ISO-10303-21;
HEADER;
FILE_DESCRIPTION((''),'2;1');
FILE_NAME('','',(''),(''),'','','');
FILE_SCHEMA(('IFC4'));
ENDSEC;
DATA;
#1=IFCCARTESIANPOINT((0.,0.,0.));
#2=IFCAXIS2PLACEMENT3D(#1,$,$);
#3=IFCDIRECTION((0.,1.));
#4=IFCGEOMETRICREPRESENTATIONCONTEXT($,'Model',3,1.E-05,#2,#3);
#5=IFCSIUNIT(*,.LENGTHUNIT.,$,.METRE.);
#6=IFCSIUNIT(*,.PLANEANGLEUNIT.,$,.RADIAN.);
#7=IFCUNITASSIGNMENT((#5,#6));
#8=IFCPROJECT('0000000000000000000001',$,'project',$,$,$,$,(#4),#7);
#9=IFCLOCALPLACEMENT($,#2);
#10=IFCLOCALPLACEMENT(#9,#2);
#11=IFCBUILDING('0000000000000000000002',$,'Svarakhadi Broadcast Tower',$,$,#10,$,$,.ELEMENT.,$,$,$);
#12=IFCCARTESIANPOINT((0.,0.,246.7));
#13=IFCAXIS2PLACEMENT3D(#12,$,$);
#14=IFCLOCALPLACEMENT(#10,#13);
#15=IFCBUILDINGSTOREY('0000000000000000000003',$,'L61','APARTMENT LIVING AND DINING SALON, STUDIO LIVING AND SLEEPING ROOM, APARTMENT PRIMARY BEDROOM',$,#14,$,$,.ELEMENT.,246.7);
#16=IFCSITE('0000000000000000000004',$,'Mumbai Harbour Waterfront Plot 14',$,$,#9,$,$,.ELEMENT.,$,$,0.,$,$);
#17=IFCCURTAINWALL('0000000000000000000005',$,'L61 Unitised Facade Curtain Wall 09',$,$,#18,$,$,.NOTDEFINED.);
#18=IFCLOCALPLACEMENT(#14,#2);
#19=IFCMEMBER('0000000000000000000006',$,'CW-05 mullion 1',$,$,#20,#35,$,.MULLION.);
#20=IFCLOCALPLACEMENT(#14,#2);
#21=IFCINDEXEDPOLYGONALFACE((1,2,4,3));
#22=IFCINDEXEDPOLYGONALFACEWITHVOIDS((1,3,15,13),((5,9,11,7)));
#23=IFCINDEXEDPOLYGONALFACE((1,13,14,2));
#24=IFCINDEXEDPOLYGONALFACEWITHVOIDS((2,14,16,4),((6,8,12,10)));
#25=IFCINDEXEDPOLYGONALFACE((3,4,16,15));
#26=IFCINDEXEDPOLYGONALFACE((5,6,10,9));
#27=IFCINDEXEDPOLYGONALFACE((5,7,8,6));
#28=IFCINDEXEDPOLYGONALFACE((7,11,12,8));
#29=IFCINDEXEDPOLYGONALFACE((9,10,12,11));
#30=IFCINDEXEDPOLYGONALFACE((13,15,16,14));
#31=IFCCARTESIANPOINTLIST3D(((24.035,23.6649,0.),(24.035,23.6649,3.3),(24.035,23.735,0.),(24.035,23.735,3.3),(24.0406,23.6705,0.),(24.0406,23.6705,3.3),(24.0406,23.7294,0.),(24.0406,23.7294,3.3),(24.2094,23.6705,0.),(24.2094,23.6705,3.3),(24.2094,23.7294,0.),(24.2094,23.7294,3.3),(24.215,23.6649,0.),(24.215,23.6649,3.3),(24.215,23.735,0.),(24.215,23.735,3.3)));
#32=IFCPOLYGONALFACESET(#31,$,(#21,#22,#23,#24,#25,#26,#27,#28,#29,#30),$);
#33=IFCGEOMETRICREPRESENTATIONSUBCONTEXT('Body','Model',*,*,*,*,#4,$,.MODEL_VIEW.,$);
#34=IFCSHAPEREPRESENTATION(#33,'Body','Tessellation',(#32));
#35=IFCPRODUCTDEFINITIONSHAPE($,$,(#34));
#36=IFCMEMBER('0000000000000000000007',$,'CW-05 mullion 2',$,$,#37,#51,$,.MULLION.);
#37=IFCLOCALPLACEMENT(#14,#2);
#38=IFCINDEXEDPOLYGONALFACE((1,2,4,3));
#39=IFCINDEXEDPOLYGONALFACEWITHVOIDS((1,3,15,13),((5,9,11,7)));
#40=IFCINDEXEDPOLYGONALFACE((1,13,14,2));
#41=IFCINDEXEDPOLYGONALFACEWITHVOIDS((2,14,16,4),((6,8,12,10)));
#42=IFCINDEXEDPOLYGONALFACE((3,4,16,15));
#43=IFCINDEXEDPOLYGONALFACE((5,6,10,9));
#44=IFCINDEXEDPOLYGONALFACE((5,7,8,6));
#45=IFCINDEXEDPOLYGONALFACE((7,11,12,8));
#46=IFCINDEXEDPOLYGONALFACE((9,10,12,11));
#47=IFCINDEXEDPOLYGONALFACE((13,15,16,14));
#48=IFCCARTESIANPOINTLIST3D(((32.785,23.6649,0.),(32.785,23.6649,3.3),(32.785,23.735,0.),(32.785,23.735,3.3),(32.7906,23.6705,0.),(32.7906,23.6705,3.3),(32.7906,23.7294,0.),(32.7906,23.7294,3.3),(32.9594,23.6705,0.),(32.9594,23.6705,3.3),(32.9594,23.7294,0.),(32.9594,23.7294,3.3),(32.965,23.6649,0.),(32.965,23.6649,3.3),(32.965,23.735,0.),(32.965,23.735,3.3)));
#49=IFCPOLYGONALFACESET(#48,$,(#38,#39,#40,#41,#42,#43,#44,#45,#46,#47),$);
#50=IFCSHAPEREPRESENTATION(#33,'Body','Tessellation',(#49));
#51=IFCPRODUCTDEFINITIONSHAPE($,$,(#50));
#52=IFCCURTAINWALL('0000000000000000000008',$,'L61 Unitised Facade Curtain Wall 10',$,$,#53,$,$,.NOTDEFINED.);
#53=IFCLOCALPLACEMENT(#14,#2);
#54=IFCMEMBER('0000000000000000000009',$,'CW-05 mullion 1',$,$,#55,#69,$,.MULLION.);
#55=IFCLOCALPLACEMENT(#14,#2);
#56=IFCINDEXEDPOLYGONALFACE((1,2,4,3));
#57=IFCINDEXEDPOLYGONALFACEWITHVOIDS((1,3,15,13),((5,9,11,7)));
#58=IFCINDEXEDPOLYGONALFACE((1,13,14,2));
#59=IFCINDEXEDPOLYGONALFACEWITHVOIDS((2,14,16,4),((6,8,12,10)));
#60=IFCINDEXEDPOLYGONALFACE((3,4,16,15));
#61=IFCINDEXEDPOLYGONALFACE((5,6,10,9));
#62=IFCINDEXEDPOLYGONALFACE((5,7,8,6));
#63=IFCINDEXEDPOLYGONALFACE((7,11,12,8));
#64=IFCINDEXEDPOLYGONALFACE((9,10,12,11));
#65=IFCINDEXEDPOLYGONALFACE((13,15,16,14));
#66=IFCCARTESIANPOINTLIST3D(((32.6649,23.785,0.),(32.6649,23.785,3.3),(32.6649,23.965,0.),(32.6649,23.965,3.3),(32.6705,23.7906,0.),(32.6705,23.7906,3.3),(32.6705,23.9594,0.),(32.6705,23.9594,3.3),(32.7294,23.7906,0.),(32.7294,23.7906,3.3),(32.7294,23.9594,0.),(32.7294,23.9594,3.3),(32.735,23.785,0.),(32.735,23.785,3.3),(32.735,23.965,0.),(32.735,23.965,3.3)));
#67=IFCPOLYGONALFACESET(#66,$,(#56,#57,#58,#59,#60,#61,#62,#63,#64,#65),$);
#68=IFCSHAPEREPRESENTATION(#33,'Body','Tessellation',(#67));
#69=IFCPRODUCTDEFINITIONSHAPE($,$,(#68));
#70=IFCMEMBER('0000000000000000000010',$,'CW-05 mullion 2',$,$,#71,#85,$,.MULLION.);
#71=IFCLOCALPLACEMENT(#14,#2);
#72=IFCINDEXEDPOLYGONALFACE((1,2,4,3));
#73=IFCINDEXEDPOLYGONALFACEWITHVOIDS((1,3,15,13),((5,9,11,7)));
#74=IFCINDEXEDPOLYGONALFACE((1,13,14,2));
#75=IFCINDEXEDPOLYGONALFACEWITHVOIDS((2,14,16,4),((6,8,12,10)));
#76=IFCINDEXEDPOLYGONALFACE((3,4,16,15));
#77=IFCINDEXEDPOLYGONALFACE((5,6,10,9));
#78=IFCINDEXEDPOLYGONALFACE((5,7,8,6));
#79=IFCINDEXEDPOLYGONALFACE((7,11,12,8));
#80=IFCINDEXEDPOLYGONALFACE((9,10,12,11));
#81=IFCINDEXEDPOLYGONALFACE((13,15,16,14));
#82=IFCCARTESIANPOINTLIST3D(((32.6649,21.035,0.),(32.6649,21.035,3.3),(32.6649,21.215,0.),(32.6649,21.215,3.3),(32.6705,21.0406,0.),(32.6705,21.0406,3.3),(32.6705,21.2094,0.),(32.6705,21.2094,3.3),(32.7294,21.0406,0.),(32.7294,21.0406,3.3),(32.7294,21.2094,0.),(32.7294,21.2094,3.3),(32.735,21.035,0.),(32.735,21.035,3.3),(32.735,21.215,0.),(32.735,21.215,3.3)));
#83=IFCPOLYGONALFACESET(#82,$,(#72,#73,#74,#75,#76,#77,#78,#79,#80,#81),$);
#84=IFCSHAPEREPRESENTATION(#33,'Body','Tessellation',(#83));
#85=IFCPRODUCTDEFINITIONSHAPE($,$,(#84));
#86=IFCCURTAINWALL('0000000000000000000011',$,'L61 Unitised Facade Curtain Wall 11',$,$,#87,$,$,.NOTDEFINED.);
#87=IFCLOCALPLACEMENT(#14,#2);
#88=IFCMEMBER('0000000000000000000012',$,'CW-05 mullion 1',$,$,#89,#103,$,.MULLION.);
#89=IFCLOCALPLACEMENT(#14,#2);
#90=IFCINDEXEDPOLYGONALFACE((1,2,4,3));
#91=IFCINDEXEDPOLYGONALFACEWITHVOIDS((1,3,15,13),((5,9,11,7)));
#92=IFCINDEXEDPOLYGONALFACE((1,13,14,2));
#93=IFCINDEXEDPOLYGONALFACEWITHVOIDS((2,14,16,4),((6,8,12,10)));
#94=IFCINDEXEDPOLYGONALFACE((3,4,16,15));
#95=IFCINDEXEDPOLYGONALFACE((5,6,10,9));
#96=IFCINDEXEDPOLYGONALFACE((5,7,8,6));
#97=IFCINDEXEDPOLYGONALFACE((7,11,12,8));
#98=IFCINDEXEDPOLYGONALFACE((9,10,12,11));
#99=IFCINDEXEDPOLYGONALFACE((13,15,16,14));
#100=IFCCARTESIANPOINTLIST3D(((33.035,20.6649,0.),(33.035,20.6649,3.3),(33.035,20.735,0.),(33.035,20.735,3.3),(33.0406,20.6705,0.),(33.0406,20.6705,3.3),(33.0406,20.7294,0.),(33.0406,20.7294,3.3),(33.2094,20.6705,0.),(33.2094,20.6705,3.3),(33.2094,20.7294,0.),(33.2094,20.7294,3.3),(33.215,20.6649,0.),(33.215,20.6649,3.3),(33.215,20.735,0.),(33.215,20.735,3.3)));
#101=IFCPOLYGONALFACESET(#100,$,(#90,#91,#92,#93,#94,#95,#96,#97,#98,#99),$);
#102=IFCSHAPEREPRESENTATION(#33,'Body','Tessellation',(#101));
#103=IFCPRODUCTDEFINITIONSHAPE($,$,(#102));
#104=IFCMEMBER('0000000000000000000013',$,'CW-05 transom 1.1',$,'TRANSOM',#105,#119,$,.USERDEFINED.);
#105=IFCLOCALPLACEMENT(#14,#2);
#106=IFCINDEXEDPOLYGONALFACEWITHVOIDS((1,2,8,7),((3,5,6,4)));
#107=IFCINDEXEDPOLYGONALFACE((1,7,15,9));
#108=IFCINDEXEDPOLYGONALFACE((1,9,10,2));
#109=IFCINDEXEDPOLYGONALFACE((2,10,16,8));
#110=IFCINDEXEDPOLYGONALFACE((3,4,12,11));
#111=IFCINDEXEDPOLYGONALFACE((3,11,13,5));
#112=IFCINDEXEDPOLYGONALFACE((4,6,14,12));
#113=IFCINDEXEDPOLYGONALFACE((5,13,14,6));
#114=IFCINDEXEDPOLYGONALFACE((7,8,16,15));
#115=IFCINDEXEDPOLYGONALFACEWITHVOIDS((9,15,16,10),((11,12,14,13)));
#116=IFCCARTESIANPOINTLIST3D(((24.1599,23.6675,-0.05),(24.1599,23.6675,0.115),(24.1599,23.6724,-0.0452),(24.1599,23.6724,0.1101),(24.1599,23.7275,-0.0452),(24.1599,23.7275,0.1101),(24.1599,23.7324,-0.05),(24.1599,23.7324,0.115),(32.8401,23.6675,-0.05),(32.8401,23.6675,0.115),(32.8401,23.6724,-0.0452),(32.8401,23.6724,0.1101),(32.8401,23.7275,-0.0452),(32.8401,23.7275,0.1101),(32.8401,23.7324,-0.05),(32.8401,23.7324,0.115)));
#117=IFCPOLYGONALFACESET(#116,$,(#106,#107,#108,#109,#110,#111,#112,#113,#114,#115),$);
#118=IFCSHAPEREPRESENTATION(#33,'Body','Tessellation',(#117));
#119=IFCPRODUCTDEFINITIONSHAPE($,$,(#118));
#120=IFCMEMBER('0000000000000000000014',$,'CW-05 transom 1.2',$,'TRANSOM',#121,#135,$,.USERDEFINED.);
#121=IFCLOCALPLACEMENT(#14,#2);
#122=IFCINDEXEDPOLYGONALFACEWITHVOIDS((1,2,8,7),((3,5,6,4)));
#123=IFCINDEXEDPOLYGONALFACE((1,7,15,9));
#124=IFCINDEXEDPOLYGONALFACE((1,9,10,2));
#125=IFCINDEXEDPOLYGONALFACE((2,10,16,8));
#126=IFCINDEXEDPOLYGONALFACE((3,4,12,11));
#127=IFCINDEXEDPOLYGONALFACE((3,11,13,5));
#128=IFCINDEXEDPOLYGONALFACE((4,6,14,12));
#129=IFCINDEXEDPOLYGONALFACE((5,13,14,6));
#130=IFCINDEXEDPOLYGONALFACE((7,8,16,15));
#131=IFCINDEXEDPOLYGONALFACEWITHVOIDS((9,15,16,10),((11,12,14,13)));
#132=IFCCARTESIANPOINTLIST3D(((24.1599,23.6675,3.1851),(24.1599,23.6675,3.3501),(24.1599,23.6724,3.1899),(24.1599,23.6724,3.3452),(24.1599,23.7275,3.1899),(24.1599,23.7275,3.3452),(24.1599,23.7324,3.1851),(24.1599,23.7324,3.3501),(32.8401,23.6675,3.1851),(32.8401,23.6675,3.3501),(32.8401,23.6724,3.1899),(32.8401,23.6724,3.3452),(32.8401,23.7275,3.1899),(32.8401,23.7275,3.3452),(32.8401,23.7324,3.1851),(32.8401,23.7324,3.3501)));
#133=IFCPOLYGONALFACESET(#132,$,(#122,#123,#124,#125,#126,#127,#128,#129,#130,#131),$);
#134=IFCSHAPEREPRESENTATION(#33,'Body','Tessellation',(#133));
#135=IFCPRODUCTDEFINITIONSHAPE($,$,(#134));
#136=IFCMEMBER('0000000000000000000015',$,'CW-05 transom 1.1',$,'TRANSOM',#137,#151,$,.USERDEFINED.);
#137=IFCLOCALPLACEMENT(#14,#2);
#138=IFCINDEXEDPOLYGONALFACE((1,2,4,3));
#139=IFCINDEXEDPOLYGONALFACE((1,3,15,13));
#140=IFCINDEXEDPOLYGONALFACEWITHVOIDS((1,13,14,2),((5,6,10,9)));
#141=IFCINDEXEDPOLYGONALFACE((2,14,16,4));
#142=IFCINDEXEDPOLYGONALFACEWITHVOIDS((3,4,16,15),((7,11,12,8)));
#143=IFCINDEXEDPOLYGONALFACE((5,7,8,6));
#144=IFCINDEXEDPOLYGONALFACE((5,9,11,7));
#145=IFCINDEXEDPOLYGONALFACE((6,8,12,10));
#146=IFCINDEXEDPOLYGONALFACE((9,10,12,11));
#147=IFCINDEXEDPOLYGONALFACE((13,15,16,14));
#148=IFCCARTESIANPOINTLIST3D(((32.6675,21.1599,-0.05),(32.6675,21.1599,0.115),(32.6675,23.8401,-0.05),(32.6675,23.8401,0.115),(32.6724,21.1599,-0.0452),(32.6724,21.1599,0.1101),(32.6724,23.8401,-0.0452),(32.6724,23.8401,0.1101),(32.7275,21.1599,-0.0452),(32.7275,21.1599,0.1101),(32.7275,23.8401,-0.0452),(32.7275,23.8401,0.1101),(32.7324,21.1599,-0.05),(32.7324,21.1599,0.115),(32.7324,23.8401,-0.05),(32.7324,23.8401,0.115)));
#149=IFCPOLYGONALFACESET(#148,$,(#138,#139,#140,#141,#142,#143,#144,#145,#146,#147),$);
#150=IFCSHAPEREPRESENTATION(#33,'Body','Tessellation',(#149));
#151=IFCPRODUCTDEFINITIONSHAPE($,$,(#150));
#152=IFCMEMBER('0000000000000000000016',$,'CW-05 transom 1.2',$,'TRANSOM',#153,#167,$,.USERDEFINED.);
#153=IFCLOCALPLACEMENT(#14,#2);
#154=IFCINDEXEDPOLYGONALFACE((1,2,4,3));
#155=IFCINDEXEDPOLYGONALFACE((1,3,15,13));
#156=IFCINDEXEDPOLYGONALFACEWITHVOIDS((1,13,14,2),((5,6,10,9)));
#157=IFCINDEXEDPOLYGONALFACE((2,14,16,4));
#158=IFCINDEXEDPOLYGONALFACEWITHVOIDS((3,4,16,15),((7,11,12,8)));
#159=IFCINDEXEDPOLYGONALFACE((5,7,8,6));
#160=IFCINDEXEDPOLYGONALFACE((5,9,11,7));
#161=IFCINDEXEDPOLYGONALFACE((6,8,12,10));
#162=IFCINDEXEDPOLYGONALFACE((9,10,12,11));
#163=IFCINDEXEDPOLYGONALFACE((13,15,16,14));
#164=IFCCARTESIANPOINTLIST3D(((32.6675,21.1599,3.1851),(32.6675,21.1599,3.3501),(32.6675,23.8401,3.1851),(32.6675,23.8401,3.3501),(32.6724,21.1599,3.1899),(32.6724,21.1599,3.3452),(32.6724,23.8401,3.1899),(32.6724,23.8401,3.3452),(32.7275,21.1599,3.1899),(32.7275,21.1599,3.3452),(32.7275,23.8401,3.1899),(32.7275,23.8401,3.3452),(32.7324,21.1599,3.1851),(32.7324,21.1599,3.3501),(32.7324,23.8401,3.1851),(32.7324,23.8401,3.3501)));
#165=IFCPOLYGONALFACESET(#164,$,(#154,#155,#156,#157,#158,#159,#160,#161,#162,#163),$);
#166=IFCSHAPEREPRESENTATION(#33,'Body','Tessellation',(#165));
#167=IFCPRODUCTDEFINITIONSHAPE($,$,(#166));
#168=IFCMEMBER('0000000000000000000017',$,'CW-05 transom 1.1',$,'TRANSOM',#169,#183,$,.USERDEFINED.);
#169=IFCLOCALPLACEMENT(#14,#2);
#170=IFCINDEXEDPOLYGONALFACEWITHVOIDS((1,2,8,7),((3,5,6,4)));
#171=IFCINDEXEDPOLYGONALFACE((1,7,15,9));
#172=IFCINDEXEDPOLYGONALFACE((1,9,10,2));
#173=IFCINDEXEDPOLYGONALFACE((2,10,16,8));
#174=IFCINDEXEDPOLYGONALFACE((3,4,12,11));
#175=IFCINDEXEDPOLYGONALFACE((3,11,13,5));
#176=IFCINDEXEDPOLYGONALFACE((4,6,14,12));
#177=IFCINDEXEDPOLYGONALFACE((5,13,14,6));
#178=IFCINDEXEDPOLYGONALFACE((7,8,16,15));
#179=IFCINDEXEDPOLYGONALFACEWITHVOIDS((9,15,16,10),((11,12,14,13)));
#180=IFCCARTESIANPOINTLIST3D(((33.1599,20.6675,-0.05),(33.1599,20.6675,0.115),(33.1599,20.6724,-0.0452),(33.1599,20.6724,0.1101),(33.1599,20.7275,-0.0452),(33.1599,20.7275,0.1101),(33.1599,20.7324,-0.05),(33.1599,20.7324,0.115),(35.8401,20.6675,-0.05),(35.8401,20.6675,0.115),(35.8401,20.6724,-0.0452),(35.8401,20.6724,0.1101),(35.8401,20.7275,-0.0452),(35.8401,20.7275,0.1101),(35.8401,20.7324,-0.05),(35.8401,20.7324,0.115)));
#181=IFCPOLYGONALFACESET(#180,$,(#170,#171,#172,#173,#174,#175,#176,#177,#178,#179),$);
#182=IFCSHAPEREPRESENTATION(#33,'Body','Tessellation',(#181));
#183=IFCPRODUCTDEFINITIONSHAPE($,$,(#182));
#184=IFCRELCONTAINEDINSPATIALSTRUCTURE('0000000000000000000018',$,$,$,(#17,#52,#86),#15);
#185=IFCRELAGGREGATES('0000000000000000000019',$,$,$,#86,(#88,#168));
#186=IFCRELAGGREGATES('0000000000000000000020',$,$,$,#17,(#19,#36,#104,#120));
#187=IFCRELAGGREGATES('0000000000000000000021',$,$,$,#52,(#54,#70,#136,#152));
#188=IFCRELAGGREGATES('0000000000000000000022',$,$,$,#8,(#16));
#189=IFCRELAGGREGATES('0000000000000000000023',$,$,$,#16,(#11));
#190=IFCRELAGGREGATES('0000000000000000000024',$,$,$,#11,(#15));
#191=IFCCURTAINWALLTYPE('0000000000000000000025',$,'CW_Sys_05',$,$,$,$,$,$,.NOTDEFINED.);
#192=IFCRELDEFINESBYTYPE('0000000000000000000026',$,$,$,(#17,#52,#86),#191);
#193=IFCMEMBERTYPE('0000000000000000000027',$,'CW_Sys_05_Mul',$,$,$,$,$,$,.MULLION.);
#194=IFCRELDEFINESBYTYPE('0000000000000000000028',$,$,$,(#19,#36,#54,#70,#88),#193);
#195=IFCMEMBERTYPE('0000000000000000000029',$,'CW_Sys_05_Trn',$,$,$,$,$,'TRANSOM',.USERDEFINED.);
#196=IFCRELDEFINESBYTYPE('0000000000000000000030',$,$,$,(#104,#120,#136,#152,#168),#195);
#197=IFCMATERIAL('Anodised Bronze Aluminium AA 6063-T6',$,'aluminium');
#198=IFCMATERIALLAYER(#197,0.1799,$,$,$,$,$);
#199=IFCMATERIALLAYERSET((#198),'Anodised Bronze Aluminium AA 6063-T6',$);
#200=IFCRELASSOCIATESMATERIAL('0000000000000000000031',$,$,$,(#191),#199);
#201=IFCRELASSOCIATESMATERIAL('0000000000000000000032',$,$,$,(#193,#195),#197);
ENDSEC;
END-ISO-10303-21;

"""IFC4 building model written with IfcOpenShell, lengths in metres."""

from ifc_helpers import new_model, si_unit, direction, frame, origin, origin_2d, place, context, subcontext, project, spatial, hollow_rectangle, extrude, material, layer, layer_set, material_profile, profile_set, type_object, element, aggregate, save


model = new_model("IFC4")

# Units and contexts
model_context = context("Model", 3, precision=1e-05, world=origin(), true_north=direction((0.0, 1.0)))
body_context = subcontext(model_context, "Body", "Model", "MODEL_VIEW")
ifc_project = project(units=[si_unit("LENGTHUNIT", "METRE"), si_unit("PLANEANGLEUNIT", "RADIAN")], contexts=[model_context])

# Site, building, storey
site_placement = place(None, origin())
site = spatial("IfcSite", under=ifc_project, at=site_placement, Name="Mumbai Harbour Waterfront Plot 14", CompositionType="ELEMENT", RefElevation=0.0)
building_placement = place(site_placement, origin())
building = spatial("IfcBuilding", under=site, at=building_placement, Name="Svarakhadi Broadcast Tower", CompositionType="ELEMENT")
storey_placement = place(building_placement, frame((0.0, 0.0, 246.7)))
storey = spatial("IfcBuildingStorey", under=building, at=storey_placement, Name="L61", Description="APARTMENT LIVING AND DINING SALON, STUDIO LIVING AND SLEEPING ROOM, APARTMENT PRIMARY BEDROOM", CompositionType="ELEMENT", Elevation=246.7)

# Curtain walls, members
ifc_material_1 = material(Name="Anodised Bronze Aluminium AA 6063-T6", Category="aluminium")
ifc_layer_1 = layer(ifc_material_1, 0.1799)
ifc_layer_set_1 = layer_set([ifc_layer_1], Name="Anodised Bronze Aluminium AA 6063-T6")
curtain_wall_type = type_object("IfcCurtainWallType", Name="CW_Sys_05", PredefinedType="NOTDEFINED", material=ifc_layer_set_1)
curtain_wall_1_placement = place(storey_placement, origin())
curtain_wall_1 = element("IfcCurtainWall", 1, at=curtain_wall_1_placement, inside=storey, type_object=curtain_wall_type, Name="L61 Unitised Facade Curtain Wall 09", PredefinedType="NOTDEFINED")
ifc_material_profile_1 = material_profile(ifc_material_1, hollow_rectangle(XDim=0.0701, YDim=0.1799, WallThickness=0.0056, at=origin_2d()), Name="ALU MULLION 180x70x6")
ifc_profile_set_1 = profile_set([ifc_material_profile_1], Name="Anodised Bronze Aluminium AA 6063-T6")
member_type_1 = type_object("IfcMemberType", Name="CW_Sys_05_Mul", PredefinedType="MULLION", material=ifc_profile_set_1)
member_1_placement = place(storey_placement, frame((24.125, 23.7, 0.0), z_axis=(0.0, 0.0, 1.0), x_axis=(0.0, 1.0, 0.0)))
member_1 = element("IfcMember", 2, at=member_1_placement, type_object=member_type_1, Name="CW-05 mullion 1", PredefinedType="MULLION", context=body_context, shape_type="SweptSolid", body=[
    extrude(hollow_rectangle(XDim=0.0701, YDim=0.1799, WallThickness=0.0056, at=origin_2d()), origin(), (0.0, 0.0, 1.0), 3.3),
])
member_2_placement = place(storey_placement, frame((32.875, 23.7, 0.0), z_axis=(0.0, 0.0, 1.0), x_axis=(0.0, 1.0, 0.0)))
member_2 = element("IfcMember", 3, at=member_2_placement, type_object=member_type_1, Name="CW-05 mullion 2", PredefinedType="MULLION", context=body_context, shape_type="SweptSolid", body=[
    extrude(hollow_rectangle(XDim=0.0701, YDim=0.1799, WallThickness=0.0056, at=origin_2d()), origin(), (0.0, 0.0, 1.0), 3.3),
])
curtain_wall_2_placement = place(storey_placement, origin())
curtain_wall_2 = element("IfcCurtainWall", 4, at=curtain_wall_2_placement, inside=storey, type_object=curtain_wall_type, Name="L61 Unitised Facade Curtain Wall 10", PredefinedType="NOTDEFINED")
member_3_placement = place(storey_placement, frame((32.7, 23.875, 0.0), z_axis=(0.0, 0.0, 1.0), x_axis=(1.0, 0.0, 0.0)))
member_3 = element("IfcMember", 5, at=member_3_placement, type_object=member_type_1, Name="CW-05 mullion 1", PredefinedType="MULLION", context=body_context, shape_type="SweptSolid", body=[
    extrude(hollow_rectangle(XDim=0.0701, YDim=0.1799, WallThickness=0.0056, at=origin_2d()), origin(), (0.0, 0.0, 1.0), 3.3),
])
member_4_placement = place(storey_placement, frame((32.7, 21.125, 0.0), z_axis=(0.0, 0.0, 1.0), x_axis=(1.0, 0.0, 0.0)))
member_4 = element("IfcMember", 6, at=member_4_placement, type_object=member_type_1, Name="CW-05 mullion 2", PredefinedType="MULLION", context=body_context, shape_type="SweptSolid", body=[
    extrude(hollow_rectangle(XDim=0.0701, YDim=0.1799, WallThickness=0.0056, at=origin_2d()), origin(), (0.0, 0.0, 1.0), 3.3),
])

# Curtain wall, member
curtain_wall_3_placement = place(storey_placement, origin())
curtain_wall_3 = element("IfcCurtainWall", 7, at=curtain_wall_3_placement, inside=storey, type_object=curtain_wall_type, Name="L61 Unitised Facade Curtain Wall 11", PredefinedType="NOTDEFINED")
member_5_placement = place(storey_placement, frame((33.125, 20.7, 0.0), z_axis=(0.0, 0.0, 1.0), x_axis=(0.0, 1.0, 0.0)))
member_5 = element("IfcMember", 8, at=member_5_placement, type_object=member_type_1, Name="CW-05 mullion 1", PredefinedType="MULLION", context=body_context, shape_type="SweptSolid", body=[
    extrude(hollow_rectangle(XDim=0.0701, YDim=0.1799, WallThickness=0.0056, at=origin_2d()), origin(), (0.0, 0.0, 1.0), 3.3),
])

# Members
ifc_material_profile_2 = material_profile(ifc_material_1, hollow_rectangle(XDim=0.0649, YDim=0.165, WallThickness=0.0049, at=origin_2d()), Name="ALU TRANSOM 165x65x5")
ifc_profile_set_2 = profile_set([ifc_material_profile_2], Name="Anodised Bronze Aluminium AA 6063-T6")
member_type_2 = type_object("IfcMemberType", Name="CW_Sys_05_Trn", ElementType="TRANSOM", PredefinedType="USERDEFINED", material=ifc_profile_set_2)
member_6_placement = place(storey_placement, frame((24.1599, 23.7, 0.0325), z_axis=(1.0, 0.0, 0.0), x_axis=(0.0, 1.0, 0.0)))
member_6 = element("IfcMember", 9, at=member_6_placement, type_object=member_type_2, Name="CW-05 transom 1.1", ObjectType="TRANSOM", PredefinedType="USERDEFINED", context=body_context, shape_type="SweptSolid", body=[
    extrude(hollow_rectangle(XDim=0.0649, YDim=0.165, WallThickness=0.0049, at=origin_2d()), origin(), (0.0, 0.0, 1.0), 8.6802),
])
member_7_placement = place(storey_placement, frame((24.1599, 23.7, 3.2676), z_axis=(1.0, 0.0, 0.0), x_axis=(0.0, 1.0, 0.0)))
member_7 = element("IfcMember", 10, at=member_7_placement, type_object=member_type_2, Name="CW-05 transom 1.2", ObjectType="TRANSOM", PredefinedType="USERDEFINED", context=body_context, shape_type="SweptSolid", body=[
    extrude(hollow_rectangle(XDim=0.0649, YDim=0.165, WallThickness=0.0049, at=origin_2d()), origin(), (0.0, 0.0, 1.0), 8.6802),
])
member_8_placement = place(storey_placement, frame((32.7, 23.8401, 0.0325), z_axis=(0.0, -1.0, 0.0), x_axis=(1.0, 0.0, 0.0)))
member_8 = element("IfcMember", 11, at=member_8_placement, type_object=member_type_2, Name="CW-05 transom 1.1", ObjectType="TRANSOM", PredefinedType="USERDEFINED", context=body_context, shape_type="SweptSolid", body=[
    extrude(hollow_rectangle(XDim=0.0649, YDim=0.165, WallThickness=0.0049, at=origin_2d()), origin(), (0.0, 0.0, 1.0), 2.6802),
])
member_9_placement = place(storey_placement, frame((32.7, 23.8401, 3.2676), z_axis=(0.0, -1.0, 0.0), x_axis=(1.0, 0.0, 0.0)))
member_9 = element("IfcMember", 12, at=member_9_placement, type_object=member_type_2, Name="CW-05 transom 1.2", ObjectType="TRANSOM", PredefinedType="USERDEFINED", context=body_context, shape_type="SweptSolid", body=[
    extrude(hollow_rectangle(XDim=0.0649, YDim=0.165, WallThickness=0.0049, at=origin_2d()), origin(), (0.0, 0.0, 1.0), 2.6802),
])
member_10_placement = place(storey_placement, frame((33.1599, 20.7, 0.0325), z_axis=(1.0, 0.0, 0.0), x_axis=(0.0, 1.0, 0.0)))
member_10 = element("IfcMember", 13, at=member_10_placement, type_object=member_type_2, Name="CW-05 transom 1.1", ObjectType="TRANSOM", PredefinedType="USERDEFINED", context=body_context, shape_type="SweptSolid", body=[
    extrude(hollow_rectangle(XDim=0.0649, YDim=0.165, WallThickness=0.0049, at=origin_2d()), origin(), (0.0, 0.0, 1.0), 2.6802),
])
aggregate(curtain_wall_3, [member_5, member_10])

aggregate(curtain_wall_1, [member_1, member_2, member_6, member_7])
aggregate(curtain_wall_2, [member_3, member_4, member_8, member_9])

save(model, "model.ifc")
